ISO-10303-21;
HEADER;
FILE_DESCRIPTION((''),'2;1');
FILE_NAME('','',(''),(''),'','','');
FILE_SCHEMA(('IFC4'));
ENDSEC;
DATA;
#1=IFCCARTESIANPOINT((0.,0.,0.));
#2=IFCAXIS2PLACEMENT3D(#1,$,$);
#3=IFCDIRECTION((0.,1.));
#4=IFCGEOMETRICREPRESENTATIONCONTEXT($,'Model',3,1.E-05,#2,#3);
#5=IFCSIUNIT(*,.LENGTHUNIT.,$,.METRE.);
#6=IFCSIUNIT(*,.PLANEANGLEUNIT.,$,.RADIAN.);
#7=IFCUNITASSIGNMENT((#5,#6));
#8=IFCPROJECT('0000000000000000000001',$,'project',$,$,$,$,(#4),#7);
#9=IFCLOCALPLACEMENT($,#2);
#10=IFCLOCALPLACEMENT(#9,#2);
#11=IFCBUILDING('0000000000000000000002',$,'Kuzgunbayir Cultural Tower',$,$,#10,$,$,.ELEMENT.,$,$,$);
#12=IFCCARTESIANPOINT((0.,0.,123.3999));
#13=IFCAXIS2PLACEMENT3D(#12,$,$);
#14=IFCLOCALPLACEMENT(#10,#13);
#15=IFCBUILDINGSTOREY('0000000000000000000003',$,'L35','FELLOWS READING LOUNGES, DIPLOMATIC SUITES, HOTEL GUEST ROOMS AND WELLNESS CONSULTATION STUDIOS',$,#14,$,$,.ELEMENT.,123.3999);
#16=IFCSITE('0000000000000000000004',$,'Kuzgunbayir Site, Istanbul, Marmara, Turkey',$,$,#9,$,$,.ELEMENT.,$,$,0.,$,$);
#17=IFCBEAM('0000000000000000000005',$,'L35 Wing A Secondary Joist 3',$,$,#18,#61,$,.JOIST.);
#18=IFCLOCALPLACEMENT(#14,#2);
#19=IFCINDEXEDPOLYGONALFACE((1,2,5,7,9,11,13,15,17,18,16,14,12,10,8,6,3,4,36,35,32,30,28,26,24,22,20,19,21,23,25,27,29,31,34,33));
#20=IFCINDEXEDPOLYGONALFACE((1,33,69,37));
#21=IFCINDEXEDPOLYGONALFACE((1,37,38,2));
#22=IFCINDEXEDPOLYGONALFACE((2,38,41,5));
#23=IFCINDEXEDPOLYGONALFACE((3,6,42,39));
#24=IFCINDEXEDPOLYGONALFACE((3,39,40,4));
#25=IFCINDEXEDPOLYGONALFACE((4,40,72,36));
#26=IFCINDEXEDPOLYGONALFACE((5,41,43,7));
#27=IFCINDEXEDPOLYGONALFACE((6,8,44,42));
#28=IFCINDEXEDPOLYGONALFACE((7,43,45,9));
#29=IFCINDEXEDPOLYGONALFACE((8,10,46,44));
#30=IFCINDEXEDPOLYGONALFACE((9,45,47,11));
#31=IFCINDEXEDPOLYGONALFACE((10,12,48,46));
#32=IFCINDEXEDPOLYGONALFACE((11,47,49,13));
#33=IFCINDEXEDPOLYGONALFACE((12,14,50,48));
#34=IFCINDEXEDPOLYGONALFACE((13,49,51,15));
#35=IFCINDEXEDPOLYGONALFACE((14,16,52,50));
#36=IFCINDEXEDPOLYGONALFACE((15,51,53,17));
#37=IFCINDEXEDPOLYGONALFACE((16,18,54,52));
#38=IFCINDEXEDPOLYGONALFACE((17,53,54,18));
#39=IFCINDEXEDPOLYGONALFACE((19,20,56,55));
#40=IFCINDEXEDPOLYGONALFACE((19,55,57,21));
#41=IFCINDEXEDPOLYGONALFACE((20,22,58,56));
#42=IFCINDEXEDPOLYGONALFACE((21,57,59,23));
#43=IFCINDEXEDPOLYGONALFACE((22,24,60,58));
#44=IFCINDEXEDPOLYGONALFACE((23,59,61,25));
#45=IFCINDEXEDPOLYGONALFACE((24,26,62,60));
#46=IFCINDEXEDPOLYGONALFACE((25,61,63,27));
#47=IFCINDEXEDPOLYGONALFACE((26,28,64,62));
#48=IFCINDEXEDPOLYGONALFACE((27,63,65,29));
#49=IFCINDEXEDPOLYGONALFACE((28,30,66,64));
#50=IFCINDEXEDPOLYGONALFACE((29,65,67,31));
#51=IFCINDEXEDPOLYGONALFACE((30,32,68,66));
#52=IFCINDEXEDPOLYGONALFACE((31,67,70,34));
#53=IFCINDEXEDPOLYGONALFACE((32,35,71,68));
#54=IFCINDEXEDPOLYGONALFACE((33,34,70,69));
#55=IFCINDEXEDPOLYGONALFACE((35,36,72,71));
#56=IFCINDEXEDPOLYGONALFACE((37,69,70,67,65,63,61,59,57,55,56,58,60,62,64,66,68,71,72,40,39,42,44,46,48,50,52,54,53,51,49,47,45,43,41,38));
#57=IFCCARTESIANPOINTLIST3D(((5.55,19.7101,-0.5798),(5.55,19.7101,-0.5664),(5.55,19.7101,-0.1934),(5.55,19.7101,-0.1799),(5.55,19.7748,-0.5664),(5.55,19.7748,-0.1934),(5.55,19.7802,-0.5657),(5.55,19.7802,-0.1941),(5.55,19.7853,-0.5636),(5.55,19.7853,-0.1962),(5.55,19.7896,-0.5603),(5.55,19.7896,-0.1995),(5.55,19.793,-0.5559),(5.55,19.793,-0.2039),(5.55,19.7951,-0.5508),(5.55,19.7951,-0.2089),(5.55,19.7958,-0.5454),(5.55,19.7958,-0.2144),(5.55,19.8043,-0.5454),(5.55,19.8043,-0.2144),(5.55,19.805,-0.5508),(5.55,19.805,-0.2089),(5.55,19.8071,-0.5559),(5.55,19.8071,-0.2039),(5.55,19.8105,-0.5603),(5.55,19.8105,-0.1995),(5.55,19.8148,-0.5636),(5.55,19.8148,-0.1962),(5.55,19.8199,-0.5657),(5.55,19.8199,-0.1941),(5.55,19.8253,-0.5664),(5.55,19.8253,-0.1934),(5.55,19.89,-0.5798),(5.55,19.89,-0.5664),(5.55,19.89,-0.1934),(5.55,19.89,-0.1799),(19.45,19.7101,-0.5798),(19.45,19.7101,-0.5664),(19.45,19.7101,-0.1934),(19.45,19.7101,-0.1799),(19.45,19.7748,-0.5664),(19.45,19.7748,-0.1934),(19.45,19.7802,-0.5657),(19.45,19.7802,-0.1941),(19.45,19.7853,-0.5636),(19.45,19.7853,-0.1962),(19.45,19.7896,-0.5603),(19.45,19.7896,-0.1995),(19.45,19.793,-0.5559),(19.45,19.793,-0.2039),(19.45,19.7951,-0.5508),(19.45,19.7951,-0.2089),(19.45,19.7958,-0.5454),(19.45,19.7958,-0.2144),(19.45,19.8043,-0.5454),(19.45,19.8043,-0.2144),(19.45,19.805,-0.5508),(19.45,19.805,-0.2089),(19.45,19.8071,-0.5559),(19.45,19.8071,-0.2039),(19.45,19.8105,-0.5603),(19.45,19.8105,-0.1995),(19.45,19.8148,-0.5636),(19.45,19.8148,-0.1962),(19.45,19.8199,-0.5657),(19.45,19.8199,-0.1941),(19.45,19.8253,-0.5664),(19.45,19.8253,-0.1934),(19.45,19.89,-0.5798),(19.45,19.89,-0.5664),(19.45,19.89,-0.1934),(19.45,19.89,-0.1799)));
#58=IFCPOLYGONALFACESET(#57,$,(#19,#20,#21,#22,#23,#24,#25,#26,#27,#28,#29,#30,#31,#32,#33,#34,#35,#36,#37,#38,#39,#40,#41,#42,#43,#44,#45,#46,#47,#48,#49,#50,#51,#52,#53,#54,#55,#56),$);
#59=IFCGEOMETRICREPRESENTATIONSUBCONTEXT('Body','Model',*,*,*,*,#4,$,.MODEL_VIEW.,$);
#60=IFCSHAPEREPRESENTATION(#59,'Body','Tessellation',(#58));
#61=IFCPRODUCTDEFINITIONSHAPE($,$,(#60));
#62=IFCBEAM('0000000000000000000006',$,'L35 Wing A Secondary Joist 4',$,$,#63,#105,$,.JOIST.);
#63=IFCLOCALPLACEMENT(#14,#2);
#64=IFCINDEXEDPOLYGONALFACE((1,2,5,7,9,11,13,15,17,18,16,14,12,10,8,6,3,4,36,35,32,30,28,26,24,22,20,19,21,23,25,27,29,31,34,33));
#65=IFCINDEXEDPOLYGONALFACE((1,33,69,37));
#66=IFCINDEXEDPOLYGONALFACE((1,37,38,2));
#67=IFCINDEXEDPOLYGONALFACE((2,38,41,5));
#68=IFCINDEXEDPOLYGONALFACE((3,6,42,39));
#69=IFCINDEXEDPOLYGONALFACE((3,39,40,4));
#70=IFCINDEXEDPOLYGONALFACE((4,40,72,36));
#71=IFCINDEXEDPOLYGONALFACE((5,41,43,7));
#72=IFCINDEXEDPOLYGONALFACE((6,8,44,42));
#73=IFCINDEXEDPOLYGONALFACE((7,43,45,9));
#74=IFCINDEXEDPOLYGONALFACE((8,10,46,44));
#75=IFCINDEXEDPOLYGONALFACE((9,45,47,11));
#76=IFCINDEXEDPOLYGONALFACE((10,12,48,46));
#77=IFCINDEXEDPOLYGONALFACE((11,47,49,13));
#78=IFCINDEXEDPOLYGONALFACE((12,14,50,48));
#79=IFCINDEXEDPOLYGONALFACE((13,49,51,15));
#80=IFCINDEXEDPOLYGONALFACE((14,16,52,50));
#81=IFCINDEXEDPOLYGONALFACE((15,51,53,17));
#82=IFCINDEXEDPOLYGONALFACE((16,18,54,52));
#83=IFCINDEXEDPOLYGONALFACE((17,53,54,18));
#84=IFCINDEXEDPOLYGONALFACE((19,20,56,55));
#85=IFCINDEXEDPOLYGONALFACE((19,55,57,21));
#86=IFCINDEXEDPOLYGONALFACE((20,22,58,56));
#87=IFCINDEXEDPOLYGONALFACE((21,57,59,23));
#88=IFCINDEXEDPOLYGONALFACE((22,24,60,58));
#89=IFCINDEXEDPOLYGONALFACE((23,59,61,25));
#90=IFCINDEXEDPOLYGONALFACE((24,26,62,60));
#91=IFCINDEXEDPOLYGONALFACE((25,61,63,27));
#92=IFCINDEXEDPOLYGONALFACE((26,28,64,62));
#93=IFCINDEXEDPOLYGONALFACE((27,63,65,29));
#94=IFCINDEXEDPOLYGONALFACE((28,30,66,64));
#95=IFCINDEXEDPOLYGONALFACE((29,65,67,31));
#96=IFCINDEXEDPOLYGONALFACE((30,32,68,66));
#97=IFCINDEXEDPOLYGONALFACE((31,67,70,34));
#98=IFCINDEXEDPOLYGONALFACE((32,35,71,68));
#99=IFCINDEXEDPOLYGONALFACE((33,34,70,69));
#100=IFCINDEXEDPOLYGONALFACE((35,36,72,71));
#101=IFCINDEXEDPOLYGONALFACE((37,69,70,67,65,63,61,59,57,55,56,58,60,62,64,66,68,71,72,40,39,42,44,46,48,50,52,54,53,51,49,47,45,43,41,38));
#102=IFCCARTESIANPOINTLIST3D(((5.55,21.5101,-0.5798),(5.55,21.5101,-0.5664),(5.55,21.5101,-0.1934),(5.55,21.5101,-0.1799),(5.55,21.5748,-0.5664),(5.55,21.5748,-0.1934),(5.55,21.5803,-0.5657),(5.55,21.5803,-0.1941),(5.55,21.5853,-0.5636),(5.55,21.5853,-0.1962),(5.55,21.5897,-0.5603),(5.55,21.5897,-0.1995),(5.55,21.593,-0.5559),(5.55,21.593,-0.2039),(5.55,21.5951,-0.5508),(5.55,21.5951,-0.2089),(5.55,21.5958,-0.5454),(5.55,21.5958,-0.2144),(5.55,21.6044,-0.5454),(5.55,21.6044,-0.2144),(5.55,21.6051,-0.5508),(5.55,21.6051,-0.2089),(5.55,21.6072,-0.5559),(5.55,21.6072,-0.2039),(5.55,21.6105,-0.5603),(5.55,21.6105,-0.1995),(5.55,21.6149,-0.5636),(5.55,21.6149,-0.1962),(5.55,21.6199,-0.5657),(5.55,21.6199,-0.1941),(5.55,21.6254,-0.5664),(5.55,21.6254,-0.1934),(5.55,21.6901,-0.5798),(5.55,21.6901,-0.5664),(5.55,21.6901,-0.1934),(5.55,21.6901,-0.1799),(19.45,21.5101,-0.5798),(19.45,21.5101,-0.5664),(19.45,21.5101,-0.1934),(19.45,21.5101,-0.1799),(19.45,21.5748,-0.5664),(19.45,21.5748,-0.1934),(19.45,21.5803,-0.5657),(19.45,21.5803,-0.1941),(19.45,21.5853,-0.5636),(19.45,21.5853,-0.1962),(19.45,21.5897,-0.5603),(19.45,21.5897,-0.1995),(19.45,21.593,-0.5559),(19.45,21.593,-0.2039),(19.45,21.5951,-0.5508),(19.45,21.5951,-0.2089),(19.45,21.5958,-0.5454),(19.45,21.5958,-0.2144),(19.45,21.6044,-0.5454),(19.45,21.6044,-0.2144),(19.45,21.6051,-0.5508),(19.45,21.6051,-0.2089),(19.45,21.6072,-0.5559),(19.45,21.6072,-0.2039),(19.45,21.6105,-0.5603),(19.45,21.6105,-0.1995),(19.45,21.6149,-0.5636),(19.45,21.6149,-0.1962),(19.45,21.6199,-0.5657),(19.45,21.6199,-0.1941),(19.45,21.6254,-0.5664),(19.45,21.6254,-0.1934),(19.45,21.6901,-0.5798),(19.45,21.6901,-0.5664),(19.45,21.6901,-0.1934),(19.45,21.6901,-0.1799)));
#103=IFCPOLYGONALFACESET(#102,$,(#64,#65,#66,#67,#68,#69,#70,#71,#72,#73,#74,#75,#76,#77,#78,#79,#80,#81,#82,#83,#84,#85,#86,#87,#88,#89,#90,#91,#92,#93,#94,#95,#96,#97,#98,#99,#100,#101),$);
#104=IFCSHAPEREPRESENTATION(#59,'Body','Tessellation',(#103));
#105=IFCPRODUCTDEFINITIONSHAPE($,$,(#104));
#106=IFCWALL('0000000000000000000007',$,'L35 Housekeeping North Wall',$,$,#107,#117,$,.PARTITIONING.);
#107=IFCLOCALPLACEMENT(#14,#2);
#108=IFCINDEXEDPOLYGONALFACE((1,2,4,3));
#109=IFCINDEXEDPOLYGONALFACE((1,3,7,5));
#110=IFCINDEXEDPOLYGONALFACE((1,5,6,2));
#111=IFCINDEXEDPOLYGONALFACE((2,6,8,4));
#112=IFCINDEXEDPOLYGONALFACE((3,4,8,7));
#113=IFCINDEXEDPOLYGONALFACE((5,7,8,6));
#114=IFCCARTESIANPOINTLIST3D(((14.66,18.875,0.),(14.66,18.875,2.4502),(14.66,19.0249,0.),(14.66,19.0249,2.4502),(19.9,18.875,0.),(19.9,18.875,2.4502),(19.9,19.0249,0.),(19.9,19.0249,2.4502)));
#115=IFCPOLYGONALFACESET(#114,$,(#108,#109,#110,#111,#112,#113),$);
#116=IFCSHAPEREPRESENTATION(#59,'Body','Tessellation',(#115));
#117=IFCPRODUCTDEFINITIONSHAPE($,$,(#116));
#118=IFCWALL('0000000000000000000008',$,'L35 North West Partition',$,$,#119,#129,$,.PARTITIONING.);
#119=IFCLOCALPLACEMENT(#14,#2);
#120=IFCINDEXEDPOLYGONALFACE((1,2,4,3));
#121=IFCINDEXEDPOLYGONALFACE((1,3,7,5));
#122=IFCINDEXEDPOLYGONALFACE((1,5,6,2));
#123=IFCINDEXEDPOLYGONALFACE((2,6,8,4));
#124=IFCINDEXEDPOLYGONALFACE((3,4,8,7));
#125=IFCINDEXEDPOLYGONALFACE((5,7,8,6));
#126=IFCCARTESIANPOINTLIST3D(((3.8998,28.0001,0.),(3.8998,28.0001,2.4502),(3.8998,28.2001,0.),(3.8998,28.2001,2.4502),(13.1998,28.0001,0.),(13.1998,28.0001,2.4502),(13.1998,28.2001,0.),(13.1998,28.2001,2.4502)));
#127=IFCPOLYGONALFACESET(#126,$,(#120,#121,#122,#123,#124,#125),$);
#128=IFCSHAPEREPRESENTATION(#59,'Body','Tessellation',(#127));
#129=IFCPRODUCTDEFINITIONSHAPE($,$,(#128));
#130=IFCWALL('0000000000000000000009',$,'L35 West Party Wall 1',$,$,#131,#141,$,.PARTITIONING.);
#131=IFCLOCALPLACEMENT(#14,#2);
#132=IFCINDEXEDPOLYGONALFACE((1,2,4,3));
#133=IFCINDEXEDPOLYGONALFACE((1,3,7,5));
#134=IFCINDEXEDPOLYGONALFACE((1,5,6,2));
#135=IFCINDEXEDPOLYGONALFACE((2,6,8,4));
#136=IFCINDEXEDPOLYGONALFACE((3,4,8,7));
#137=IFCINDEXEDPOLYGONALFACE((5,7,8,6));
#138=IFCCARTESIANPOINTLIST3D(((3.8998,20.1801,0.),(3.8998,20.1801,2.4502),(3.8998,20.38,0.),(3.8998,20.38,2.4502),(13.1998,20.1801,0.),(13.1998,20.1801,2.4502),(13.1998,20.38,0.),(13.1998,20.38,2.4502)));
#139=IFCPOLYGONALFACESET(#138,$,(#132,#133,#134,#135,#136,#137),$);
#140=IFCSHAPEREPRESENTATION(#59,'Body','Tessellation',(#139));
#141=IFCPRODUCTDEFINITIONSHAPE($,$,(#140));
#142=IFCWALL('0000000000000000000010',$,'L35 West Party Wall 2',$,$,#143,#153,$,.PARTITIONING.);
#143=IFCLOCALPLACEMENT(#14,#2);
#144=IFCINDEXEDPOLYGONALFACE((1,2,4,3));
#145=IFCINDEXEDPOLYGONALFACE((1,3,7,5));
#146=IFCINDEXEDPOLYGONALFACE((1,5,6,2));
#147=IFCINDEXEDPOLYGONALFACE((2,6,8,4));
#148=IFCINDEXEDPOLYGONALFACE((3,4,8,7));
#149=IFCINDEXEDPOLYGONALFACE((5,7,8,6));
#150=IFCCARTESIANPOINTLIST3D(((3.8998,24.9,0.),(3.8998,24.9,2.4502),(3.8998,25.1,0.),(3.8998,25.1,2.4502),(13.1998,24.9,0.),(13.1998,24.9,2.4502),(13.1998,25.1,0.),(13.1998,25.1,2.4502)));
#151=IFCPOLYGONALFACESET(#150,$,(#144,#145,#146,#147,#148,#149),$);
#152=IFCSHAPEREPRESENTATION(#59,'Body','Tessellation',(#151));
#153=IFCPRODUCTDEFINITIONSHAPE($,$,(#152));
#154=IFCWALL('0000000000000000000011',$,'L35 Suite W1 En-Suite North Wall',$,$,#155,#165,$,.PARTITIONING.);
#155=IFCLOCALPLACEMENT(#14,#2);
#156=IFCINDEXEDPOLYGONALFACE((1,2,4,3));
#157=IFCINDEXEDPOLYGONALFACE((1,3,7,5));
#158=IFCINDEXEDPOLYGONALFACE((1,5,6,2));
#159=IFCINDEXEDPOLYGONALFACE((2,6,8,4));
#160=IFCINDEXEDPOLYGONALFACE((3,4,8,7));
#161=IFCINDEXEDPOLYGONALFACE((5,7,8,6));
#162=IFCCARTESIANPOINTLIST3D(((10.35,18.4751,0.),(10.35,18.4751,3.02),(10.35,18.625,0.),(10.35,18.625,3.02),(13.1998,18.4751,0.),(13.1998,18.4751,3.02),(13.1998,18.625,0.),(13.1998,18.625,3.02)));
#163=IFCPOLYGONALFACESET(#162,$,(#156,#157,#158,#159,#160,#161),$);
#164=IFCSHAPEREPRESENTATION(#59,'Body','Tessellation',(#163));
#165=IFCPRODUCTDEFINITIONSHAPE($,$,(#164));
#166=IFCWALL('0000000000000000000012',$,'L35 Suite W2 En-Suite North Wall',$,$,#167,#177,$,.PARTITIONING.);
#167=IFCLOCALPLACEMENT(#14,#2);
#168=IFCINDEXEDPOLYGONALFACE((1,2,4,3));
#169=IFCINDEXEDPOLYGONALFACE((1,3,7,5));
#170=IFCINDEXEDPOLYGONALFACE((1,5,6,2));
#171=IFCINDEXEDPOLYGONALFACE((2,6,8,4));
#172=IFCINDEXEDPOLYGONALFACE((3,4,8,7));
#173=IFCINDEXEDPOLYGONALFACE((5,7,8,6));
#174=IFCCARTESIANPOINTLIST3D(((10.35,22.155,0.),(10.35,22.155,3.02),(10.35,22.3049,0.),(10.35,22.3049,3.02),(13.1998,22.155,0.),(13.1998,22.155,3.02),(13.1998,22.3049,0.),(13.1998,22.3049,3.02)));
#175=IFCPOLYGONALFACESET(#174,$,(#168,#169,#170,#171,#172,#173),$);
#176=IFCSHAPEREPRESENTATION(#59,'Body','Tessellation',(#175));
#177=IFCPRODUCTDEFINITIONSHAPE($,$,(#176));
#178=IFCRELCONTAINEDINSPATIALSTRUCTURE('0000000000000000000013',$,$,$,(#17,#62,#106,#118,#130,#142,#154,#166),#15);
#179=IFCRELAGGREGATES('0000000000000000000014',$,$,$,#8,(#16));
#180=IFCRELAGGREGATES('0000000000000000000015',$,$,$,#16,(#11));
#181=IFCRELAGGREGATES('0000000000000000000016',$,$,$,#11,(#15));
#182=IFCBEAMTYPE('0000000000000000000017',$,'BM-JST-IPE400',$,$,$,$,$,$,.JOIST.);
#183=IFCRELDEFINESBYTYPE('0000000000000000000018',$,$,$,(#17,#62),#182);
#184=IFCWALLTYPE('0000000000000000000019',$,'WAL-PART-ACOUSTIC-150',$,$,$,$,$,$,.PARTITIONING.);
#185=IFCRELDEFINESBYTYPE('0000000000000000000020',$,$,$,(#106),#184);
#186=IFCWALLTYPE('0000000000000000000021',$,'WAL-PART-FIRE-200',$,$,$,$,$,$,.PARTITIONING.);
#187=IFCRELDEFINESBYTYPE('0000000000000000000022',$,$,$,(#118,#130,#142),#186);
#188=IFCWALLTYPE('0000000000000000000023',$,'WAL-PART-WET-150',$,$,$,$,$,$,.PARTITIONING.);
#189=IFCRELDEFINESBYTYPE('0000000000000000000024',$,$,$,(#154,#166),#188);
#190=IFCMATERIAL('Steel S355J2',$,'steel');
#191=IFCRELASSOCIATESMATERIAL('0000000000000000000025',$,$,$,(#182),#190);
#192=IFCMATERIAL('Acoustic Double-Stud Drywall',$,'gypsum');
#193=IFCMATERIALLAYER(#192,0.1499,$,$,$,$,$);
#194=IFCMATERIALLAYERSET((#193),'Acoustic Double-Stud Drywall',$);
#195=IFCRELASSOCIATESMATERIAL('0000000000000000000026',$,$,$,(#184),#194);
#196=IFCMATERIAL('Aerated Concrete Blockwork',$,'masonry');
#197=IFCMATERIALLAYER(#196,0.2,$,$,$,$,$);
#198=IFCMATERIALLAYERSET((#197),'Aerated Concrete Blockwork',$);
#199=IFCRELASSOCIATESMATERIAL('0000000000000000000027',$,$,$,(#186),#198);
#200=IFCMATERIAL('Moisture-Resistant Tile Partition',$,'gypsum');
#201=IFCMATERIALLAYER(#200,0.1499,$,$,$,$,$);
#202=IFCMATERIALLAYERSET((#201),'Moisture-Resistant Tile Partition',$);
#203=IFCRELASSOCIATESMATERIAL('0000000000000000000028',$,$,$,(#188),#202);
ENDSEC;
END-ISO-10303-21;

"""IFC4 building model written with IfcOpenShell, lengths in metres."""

from ifc_helpers import new_model, si_unit, direction, frame, frame_2d, origin, origin_2d, place, context, subcontext, project, spatial, rectangle, i_section, extrude, material, layer, layer_set, material_profile, profile_set, type_object, element, save


model = new_model("IFC4")

# Units and contexts
model_context = context("Model", 3, precision=1e-05, world=origin(), true_north=direction((0.0, 1.0)))
body_context = subcontext(model_context, "Body", "Model", "MODEL_VIEW")
ifc_project = project(units=[si_unit("LENGTHUNIT", "METRE"), si_unit("PLANEANGLEUNIT", "RADIAN")], contexts=[model_context])

# Site, building, storey
site_placement = place(None, origin())
site = spatial("IfcSite", under=ifc_project, at=site_placement, Name="Kuzgunbayir Site, Istanbul, Marmara, Turkey", CompositionType="ELEMENT", RefElevation=0.0)
building_placement = place(site_placement, origin())
building = spatial("IfcBuilding", under=site, at=building_placement, Name="Kuzgunbayir Cultural Tower", CompositionType="ELEMENT")
storey_placement = place(building_placement, frame((0.0, 0.0, 123.3999)))
storey = spatial("IfcBuildingStorey", under=building, at=storey_placement, Name="L35", Description="FELLOWS READING LOUNGES, DIPLOMATIC SUITES, HOTEL GUEST ROOMS AND WELLNESS CONSULTATION STUDIOS", CompositionType="ELEMENT", Elevation=123.3999)

# Beams
ifc_material_1 = material(Name="Steel S355J2", Category="steel")
ifc_material_profile_1 = material_profile(ifc_material_1, i_section(OverallWidth=0.1799, OverallDepth=0.3999, WebThickness=0.0085, FlangeThickness=0.0134, FilletRadius=0.021, at=origin_2d()), Name="IPE 400")
ifc_profile_set_1 = profile_set([ifc_material_profile_1], Name="Steel S355J2")
beam_type_1 = type_object("IfcBeamType", Name="BM-JST-IPE400", PredefinedType="JOIST", material=ifc_profile_set_1)
for number, where, z_axis, x_axis, name in (
    (1, (5.55, 19.8, -0.3799), (1.0, 0.0, 0.0), (0.0, 1.0, 0.0), "L35 Wing A Secondary Joist 3"),
    (2, (5.55, 21.6001, -0.3799), (1.0, 0.0, 0.0), (0.0, 1.0, 0.0), "L35 Wing A Secondary Joist 4"),
):
    element("IfcBeam", number, at=place(storey_placement, frame(where, z_axis=z_axis, x_axis=x_axis)), inside=storey, type_object=beam_type_1, Name=name, PredefinedType="JOIST", context=body_context, shape_type="SweptSolid", body=[
        extrude(i_section(OverallWidth=0.1799, OverallDepth=0.3999, WebThickness=0.0085, FlangeThickness=0.0134, FilletRadius=0.021, at=origin_2d()), origin(), (0.0, 0.0, 1.0), 13.8999),
    ])

# Walls
ifc_material_2 = material(Name="Acoustic Double-Stud Drywall", Category="gypsum")
ifc_layer_1 = layer(ifc_material_2, 0.1499)
ifc_layer_set_1 = layer_set([ifc_layer_1], Name="Acoustic Double-Stud Drywall")
wall_type_1 = type_object("IfcWallType", Name="WAL-PART-ACOUSTIC-150", PredefinedType="PARTITIONING", material=ifc_layer_set_1)
wall_1_placement = place(storey_placement, frame((14.6599, 18.95, 0.0), z_axis=(0.0, 0.0, 1.0), x_axis=(1.0, 0.0, 0.0)))
element("IfcWall", 3, at=wall_1_placement, inside=storey, type_object=wall_type_1, Name="L35 Housekeeping North Wall", PredefinedType="PARTITIONING", context=body_context, shape_type="SweptSolid", body=[
    extrude(rectangle(XDim=5.24, YDim=0.1499, at=frame_2d((2.6201, 0.0))), origin(), (0.0, 0.0, 1.0), 2.4502),
])
ifc_material_3 = material(Name="Aerated Concrete Blockwork", Category="masonry")
ifc_layer_2 = layer(ifc_material_3, 0.2)
ifc_layer_set_2 = layer_set([ifc_layer_2], Name="Aerated Concrete Blockwork")
wall_type_2 = type_object("IfcWallType", Name="WAL-PART-FIRE-200", PredefinedType="PARTITIONING", material=ifc_layer_set_2)
for number, where, z_axis, x_axis, name in (
    (4, (3.8999, 28.1001, 0.0), (0.0, 0.0, 1.0), (1.0, 0.0, 0.0), "L35 North West Partition"),
    (5, (3.8999, 20.28, 0.0), (0.0, 0.0, 1.0), (1.0, 0.0, 0.0), "L35 West Party Wall 1"),
    (6, (3.8999, 25.0, 0.0), (0.0, 0.0, 1.0), (1.0, 0.0, 0.0), "L35 West Party Wall 2"),
):
    element("IfcWall", number, at=place(storey_placement, frame(where, z_axis=z_axis, x_axis=x_axis)), inside=storey, type_object=wall_type_2, Name=name, PredefinedType="PARTITIONING", context=body_context, shape_type="SweptSolid", body=[
        extrude(rectangle(XDim=9.3, YDim=0.2, at=frame_2d((4.6499, 0.0))), origin(), (0.0, 0.0, 1.0), 2.4502),
    ])
ifc_material_4 = material(Name="Moisture-Resistant Tile Partition", Category="gypsum")
ifc_layer_3 = layer(ifc_material_4, 0.1499)
ifc_layer_set_3 = layer_set([ifc_layer_3], Name="Moisture-Resistant Tile Partition")
wall_type_3 = type_object("IfcWallType", Name="WAL-PART-WET-150", PredefinedType="PARTITIONING", material=ifc_layer_set_3)
for number, where, z_axis, x_axis, name in (
    (7, (10.3501, 18.55, 0.0), (0.0, 0.0, 1.0), (1.0, 0.0, 0.0), "L35 Suite W1 En-Suite North Wall"),
    (8, (10.3501, 22.23, 0.0), (0.0, 0.0, 1.0), (1.0, 0.0, 0.0), "L35 Suite W2 En-Suite North Wall"),
):
    element("IfcWall", number, at=place(storey_placement, frame(where, z_axis=z_axis, x_axis=x_axis)), inside=storey, type_object=wall_type_3, Name=name, PredefinedType="PARTITIONING", context=body_context, shape_type="SweptSolid", body=[
        extrude(rectangle(XDim=2.8499, YDim=0.1499, at=frame_2d((1.4248, 0.0))), origin(), (0.0, 0.0, 1.0), 3.02),
    ])

save(model, "model.ifc")
